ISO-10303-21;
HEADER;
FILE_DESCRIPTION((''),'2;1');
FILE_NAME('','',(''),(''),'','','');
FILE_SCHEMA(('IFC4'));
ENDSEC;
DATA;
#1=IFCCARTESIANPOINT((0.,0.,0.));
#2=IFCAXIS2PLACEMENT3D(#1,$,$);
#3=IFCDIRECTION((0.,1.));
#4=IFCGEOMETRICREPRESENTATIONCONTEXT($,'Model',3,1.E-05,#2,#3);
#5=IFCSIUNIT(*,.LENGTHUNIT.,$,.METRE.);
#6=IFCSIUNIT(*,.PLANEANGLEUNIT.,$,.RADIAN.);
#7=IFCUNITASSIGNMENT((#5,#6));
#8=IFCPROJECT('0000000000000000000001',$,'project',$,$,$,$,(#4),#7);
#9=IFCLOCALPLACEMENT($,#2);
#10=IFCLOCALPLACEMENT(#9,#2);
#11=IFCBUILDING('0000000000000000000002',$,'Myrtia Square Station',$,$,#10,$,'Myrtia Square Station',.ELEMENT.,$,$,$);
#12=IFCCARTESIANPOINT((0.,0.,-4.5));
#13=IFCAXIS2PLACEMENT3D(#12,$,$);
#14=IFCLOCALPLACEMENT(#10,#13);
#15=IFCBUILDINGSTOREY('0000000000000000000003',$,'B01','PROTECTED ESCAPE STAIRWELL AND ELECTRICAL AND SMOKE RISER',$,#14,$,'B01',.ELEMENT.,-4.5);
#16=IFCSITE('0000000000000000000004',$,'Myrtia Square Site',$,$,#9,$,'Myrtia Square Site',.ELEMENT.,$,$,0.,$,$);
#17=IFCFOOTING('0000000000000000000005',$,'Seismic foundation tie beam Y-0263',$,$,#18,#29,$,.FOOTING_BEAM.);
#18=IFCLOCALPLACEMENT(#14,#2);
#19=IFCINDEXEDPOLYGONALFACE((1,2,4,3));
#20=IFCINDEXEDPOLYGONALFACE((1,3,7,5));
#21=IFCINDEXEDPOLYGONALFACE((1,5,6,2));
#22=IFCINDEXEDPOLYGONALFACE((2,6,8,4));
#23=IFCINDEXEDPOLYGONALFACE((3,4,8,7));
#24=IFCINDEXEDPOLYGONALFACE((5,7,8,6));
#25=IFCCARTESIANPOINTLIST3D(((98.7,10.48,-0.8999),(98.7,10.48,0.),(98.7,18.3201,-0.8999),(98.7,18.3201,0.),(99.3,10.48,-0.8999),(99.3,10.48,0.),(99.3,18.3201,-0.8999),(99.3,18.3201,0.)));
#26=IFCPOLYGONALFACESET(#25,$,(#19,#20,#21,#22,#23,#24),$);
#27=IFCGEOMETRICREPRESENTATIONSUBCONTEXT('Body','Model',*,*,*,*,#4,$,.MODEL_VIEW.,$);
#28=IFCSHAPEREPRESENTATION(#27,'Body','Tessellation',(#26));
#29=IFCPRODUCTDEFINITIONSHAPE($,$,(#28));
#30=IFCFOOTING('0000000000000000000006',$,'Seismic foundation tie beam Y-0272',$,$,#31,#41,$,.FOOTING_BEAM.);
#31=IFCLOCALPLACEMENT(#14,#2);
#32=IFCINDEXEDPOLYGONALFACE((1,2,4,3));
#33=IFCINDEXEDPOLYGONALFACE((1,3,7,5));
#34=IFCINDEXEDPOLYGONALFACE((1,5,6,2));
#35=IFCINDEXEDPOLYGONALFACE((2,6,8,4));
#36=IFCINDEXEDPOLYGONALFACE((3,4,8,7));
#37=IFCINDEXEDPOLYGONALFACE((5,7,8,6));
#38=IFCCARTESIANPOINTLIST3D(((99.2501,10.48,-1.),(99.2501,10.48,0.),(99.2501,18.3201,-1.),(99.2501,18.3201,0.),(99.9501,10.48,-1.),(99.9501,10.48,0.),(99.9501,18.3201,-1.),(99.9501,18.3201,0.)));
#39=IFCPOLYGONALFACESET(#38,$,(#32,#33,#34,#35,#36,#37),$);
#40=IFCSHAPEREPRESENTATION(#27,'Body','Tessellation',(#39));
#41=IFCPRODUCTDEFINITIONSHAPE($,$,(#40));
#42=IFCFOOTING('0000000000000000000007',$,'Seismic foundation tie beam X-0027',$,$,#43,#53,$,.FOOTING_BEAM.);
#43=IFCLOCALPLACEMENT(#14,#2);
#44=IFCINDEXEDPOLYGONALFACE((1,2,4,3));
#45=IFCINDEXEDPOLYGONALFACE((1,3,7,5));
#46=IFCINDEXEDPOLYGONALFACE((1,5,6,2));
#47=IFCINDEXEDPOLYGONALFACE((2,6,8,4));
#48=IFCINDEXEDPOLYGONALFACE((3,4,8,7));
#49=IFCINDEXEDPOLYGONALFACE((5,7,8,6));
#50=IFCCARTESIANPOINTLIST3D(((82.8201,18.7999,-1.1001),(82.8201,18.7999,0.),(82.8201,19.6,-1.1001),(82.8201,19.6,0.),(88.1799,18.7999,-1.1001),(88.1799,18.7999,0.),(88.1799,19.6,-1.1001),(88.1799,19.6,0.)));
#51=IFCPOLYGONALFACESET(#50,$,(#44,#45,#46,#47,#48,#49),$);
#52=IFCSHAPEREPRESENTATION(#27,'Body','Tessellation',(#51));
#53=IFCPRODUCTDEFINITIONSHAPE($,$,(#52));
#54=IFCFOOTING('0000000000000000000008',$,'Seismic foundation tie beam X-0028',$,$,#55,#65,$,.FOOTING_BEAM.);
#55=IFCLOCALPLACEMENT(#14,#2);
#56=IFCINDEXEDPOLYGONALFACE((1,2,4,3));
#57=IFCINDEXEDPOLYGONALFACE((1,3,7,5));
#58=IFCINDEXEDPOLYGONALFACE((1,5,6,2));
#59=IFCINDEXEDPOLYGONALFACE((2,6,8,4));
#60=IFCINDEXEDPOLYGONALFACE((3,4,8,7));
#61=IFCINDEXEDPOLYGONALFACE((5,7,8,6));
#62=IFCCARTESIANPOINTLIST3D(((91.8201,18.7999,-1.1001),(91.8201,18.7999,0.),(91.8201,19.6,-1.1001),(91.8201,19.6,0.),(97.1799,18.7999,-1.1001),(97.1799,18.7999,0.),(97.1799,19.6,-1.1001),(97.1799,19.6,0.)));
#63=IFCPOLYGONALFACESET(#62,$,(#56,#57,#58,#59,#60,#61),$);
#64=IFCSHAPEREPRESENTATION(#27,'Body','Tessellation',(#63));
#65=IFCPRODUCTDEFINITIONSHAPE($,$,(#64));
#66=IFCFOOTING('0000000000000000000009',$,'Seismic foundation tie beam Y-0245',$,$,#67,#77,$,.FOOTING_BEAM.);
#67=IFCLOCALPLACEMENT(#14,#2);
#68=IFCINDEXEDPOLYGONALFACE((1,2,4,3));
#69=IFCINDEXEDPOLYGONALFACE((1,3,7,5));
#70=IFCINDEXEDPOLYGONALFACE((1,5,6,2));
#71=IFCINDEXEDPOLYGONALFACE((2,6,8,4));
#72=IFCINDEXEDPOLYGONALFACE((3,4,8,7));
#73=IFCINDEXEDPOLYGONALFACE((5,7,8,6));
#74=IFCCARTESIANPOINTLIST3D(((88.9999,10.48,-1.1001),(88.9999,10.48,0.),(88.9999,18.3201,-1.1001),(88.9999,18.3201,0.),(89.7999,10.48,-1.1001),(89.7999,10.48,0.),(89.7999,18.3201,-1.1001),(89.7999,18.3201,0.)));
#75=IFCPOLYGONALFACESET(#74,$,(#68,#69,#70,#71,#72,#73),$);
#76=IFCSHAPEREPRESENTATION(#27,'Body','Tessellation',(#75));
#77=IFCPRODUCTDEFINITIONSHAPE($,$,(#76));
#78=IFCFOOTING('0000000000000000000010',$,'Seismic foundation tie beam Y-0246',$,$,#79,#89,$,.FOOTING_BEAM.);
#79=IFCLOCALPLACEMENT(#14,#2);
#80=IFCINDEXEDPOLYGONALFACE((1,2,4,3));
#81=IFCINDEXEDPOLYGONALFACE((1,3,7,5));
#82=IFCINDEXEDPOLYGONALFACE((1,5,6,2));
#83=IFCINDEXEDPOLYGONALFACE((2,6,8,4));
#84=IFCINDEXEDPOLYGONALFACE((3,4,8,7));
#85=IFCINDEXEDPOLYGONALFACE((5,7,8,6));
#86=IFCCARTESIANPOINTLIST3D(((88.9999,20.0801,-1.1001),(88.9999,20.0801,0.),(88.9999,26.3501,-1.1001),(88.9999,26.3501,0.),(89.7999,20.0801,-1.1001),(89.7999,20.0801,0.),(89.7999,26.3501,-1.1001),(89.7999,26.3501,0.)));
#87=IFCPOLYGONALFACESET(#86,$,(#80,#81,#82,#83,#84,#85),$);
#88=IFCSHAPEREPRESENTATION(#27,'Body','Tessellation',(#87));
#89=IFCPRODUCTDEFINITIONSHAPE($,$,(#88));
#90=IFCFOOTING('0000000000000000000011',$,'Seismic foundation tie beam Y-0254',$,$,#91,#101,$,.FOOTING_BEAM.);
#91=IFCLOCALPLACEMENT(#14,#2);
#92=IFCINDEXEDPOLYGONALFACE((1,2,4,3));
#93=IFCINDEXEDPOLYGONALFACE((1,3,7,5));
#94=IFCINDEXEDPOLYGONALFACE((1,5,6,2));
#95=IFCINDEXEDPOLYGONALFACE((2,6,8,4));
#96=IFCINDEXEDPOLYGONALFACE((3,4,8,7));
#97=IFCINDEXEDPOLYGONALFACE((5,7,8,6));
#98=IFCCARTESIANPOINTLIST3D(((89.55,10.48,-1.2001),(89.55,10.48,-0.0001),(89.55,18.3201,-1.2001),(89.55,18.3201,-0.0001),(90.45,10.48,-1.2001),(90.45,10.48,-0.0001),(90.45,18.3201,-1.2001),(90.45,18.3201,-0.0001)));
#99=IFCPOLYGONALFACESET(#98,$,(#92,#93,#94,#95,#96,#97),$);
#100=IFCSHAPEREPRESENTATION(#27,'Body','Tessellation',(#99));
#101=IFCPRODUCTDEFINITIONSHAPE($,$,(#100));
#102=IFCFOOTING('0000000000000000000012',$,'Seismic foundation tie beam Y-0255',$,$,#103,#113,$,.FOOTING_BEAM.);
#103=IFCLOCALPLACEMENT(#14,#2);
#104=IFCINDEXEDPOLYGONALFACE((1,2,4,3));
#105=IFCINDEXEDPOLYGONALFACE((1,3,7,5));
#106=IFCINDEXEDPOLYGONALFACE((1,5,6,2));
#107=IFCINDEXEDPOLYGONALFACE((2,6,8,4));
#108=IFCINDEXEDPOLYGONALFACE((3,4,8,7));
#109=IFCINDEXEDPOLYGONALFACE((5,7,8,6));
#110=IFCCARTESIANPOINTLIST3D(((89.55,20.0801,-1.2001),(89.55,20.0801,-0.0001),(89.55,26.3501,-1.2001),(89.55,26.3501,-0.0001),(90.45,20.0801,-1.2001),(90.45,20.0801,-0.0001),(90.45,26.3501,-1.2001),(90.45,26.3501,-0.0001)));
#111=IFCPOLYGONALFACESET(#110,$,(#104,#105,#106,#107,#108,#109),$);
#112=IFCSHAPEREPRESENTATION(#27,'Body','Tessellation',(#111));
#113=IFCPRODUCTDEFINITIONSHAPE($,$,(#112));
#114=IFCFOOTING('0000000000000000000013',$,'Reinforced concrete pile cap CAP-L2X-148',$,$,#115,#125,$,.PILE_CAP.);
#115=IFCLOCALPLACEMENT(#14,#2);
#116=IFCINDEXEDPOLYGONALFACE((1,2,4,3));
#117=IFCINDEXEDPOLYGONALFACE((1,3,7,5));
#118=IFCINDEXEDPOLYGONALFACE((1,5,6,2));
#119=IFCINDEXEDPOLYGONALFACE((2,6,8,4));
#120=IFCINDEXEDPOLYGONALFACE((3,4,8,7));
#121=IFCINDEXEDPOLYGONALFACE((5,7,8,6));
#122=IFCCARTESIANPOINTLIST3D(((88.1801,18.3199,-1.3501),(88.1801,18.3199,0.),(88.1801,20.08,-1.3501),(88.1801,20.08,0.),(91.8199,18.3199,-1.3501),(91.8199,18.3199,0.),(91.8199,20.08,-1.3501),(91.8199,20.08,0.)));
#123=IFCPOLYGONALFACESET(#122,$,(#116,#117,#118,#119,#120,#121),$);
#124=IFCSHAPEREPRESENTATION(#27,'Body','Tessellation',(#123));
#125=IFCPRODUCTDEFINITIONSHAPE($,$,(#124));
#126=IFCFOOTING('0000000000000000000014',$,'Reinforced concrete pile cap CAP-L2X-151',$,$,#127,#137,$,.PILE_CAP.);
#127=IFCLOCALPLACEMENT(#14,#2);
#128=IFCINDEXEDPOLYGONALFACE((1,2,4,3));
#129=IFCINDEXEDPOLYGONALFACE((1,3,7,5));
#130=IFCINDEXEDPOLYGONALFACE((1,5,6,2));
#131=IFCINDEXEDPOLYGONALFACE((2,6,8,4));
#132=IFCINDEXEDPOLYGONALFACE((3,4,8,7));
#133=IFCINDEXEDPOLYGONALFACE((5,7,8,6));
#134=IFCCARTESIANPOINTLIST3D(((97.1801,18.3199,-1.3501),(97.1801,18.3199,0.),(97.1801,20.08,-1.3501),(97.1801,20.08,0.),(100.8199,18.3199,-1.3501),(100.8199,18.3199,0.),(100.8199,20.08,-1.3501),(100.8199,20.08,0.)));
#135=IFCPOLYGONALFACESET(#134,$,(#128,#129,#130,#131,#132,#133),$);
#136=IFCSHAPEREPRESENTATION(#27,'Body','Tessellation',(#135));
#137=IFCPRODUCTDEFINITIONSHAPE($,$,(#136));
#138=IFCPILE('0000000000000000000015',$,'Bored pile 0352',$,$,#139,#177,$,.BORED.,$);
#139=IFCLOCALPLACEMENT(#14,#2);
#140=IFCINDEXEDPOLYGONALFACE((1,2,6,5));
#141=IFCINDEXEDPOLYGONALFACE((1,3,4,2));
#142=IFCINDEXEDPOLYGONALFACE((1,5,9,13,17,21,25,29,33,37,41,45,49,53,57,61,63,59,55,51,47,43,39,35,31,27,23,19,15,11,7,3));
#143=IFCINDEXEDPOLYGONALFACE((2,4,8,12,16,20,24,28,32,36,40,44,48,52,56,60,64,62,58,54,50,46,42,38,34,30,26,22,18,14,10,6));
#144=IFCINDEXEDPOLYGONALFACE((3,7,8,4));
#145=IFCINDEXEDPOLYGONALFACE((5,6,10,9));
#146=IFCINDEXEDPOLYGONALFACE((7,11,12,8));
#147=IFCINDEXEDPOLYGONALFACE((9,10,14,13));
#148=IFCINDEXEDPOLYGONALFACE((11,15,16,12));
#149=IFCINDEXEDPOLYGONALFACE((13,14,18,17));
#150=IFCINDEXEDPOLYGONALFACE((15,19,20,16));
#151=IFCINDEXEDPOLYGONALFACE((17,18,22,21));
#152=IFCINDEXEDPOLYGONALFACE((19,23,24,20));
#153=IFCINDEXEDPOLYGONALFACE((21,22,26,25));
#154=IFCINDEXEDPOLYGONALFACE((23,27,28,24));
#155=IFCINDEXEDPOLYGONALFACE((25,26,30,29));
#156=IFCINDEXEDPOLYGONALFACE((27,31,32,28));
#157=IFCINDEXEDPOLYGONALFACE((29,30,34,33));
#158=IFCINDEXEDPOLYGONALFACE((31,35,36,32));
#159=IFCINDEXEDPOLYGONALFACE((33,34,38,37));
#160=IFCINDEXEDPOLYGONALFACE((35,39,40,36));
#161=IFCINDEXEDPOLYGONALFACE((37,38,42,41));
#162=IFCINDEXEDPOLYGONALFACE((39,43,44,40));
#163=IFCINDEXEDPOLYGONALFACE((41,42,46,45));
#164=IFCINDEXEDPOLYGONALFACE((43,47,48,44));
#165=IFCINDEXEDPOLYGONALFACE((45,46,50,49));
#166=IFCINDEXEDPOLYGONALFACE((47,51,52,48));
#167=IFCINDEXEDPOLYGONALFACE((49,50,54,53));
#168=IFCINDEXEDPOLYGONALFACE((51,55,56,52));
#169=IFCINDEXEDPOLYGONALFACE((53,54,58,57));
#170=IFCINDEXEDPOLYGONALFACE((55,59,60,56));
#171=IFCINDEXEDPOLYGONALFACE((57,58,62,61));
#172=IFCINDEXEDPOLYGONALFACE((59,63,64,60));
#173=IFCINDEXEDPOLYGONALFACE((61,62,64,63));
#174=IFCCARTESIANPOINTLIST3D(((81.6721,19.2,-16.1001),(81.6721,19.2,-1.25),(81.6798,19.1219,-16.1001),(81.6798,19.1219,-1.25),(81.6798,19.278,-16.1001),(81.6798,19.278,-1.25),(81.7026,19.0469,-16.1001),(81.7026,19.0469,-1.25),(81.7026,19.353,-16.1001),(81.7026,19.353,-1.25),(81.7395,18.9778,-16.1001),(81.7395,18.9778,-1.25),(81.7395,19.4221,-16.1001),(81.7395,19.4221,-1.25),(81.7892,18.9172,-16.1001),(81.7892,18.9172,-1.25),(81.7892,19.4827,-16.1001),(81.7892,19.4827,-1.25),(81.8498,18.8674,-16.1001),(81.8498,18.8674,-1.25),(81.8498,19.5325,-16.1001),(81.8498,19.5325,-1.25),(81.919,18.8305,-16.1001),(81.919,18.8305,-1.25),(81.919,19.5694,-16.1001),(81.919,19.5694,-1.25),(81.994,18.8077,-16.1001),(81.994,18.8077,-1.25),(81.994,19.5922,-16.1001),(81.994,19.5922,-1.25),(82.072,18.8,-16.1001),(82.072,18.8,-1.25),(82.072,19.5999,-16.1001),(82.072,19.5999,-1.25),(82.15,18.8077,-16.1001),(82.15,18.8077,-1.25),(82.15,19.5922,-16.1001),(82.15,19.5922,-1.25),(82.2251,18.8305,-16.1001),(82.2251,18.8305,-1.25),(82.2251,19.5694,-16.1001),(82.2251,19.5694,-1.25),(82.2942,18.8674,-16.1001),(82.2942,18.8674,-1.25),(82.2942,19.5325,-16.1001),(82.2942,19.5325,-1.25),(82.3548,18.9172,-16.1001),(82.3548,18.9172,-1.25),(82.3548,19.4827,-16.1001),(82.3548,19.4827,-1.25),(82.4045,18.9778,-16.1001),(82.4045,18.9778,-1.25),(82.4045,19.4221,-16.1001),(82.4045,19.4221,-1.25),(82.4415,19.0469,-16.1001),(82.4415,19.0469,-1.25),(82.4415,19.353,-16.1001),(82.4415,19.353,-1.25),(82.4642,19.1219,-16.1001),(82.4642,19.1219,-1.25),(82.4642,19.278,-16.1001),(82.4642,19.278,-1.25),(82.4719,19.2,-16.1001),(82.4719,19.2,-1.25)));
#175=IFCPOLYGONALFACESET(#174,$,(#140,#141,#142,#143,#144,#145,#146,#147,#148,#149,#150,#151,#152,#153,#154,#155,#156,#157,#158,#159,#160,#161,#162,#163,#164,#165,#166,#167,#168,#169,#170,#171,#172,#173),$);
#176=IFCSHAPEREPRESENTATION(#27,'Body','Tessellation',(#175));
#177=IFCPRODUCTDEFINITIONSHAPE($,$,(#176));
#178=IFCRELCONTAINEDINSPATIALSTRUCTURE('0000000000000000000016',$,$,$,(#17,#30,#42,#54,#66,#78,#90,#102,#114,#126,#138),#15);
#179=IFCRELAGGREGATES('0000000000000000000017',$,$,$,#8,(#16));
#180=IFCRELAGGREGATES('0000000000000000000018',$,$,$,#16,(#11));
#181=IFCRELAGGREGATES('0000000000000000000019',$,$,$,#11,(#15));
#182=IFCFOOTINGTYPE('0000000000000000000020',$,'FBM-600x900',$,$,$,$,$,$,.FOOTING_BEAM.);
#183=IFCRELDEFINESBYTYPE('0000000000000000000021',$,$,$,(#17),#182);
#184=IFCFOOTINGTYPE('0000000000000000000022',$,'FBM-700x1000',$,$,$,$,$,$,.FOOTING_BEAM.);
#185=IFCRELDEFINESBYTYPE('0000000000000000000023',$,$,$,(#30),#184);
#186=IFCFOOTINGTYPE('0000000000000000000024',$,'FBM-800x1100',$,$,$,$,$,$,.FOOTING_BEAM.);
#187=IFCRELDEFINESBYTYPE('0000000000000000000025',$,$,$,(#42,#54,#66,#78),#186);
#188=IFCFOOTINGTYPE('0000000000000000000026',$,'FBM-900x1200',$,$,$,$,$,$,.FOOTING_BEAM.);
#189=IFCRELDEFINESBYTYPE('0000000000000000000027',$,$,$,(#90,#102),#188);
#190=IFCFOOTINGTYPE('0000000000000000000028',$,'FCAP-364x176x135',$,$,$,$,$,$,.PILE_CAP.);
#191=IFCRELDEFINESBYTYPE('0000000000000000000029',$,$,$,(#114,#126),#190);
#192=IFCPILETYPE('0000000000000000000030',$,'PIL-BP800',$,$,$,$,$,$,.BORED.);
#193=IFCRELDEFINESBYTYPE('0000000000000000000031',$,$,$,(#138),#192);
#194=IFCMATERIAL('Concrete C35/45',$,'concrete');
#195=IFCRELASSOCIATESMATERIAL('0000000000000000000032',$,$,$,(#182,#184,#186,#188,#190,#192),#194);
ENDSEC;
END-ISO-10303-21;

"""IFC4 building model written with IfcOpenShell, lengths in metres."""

from ifc_helpers import new_model, si_unit, direction, frame, origin, origin_2d, place, context, subcontext, project, spatial, rectangle, circle, extrude, material, material_profile, profile_set, type_object, element, save


model = new_model("IFC4")

# Units and contexts
model_context = context("Model", 3, precision=1e-05, world=origin(), true_north=direction((0.0, 1.0)))
body_context = subcontext(model_context, "Body", "Model", "MODEL_VIEW")
ifc_project = project(units=[si_unit("LENGTHUNIT", "METRE"), si_unit("PLANEANGLEUNIT", "RADIAN")], contexts=[model_context])

# Site, building, storey
site_placement = place(None, origin())
site = spatial("IfcSite", under=ifc_project, at=site_placement, Name="Myrtia Square Site", LongName="Myrtia Square Site", CompositionType="ELEMENT", RefElevation=0.0)
building_placement = place(site_placement, origin())
building = spatial("IfcBuilding", under=site, at=building_placement, Name="Myrtia Square Station", LongName="Myrtia Square Station", CompositionType="ELEMENT")
storey_placement = place(building_placement, frame((0.0, 0.0, -4.5)))
storey = spatial("IfcBuildingStorey", under=building, at=storey_placement, Name="B01", Description="PROTECTED ESCAPE STAIRWELL AND ELECTRICAL AND SMOKE RISER", LongName="B01", CompositionType="ELEMENT", Elevation=-4.5)

# Footings
ifc_material_1 = material(Name="Concrete C35/45", Category="concrete")
ifc_material_profile_1 = material_profile(ifc_material_1, rectangle(XDim=0.6001, YDim=0.8999, at=origin_2d()), Name="FB 600x900")
ifc_profile_set_1 = profile_set([ifc_material_profile_1], Name="Concrete C35/45")
footing_type_1 = type_object("IfcFootingType", Name="FBM-600x900", PredefinedType="FOOTING_BEAM", material=ifc_profile_set_1)
footing_1_placement = place(storey_placement, frame((99.0, 10.48, -0.45), z_axis=(0.0, 1.0, 0.0), x_axis=(-1.0, 0.0, 0.0)))
element("IfcFooting", 1, at=footing_1_placement, inside=storey, type_object=footing_type_1, Name="Seismic foundation tie beam Y-0263", PredefinedType="FOOTING_BEAM", context=body_context, shape_type="SweptSolid", body=[
    extrude(rectangle(XDim=0.6001, YDim=0.8999, at=origin_2d()), origin(), (0.0, 0.0, 1.0), 7.8401),
])
ifc_material_profile_2 = material_profile(ifc_material_1, rectangle(XDim=0.7, YDim=1.0, at=origin_2d()), Name="FB 700x1000")
ifc_profile_set_2 = profile_set([ifc_material_profile_2], Name="Concrete C35/45")
footing_type_2 = type_object("IfcFootingType", Name="FBM-700x1000", PredefinedType="FOOTING_BEAM", material=ifc_profile_set_2)
footing_2_placement = place(storey_placement, frame((99.6001, 10.48, -0.5), z_axis=(0.0, 1.0, 0.0), x_axis=(-1.0, 0.0, 0.0)))
element("IfcFooting", 2, at=footing_2_placement, inside=storey, type_object=footing_type_2, Name="Seismic foundation tie beam Y-0272", PredefinedType="FOOTING_BEAM", context=body_context, shape_type="SweptSolid", body=[
    extrude(rectangle(XDim=0.7, YDim=1.0, at=origin_2d()), origin(), (0.0, 0.0, 1.0), 7.8401),
])
ifc_material_profile_3 = material_profile(ifc_material_1, rectangle(XDim=0.8, YDim=1.1001, at=origin_2d()), Name="FB 800x1100")
ifc_profile_set_3 = profile_set([ifc_material_profile_3], Name="Concrete C35/45")
footing_type_3 = type_object("IfcFootingType", Name="FBM-800x1100", PredefinedType="FOOTING_BEAM", material=ifc_profile_set_3)
for number, where, z_axis, x_axis, name in (
    (3, (82.8201, 19.2, -0.55), (1.0, 0.0, 0.0), (0.0, 1.0, 0.0), "Seismic foundation tie beam X-0027"),
    (4, (91.8201, 19.2, -0.55), (1.0, 0.0, 0.0), (0.0, 1.0, 0.0), "Seismic foundation tie beam X-0028"),
):
    element("IfcFooting", number, at=place(storey_placement, frame(where, z_axis=z_axis, x_axis=x_axis)), inside=storey, type_object=footing_type_3, Name=name, PredefinedType="FOOTING_BEAM", context=body_context, shape_type="SweptSolid", body=[
        extrude(rectangle(XDim=0.8, YDim=1.1001, at=origin_2d()), origin(), (0.0, 0.0, 1.0), 5.3599),
    ])
footing_3_placement = place(storey_placement, frame((89.3999, 10.48, -0.55), z_axis=(0.0, 1.0, 0.0), x_axis=(-1.0, 0.0, 0.0)))
element("IfcFooting", 5, at=footing_3_placement, inside=storey, type_object=footing_type_3, Name="Seismic foundation tie beam Y-0245", PredefinedType="FOOTING_BEAM", context=body_context, shape_type="SweptSolid", body=[
    extrude(rectangle(XDim=0.8, YDim=1.1001, at=origin_2d()), origin(), (0.0, 0.0, 1.0), 7.8401),
])
footing_4_placement = place(storey_placement, frame((89.3999, 20.0801, -0.55), z_axis=(0.0, 1.0, 0.0), x_axis=(-1.0, 0.0, 0.0)))
element("IfcFooting", 6, at=footing_4_placement, inside=storey, type_object=footing_type_3, Name="Seismic foundation tie beam Y-0246", PredefinedType="FOOTING_BEAM", context=body_context, shape_type="SweptSolid", body=[
    extrude(rectangle(XDim=0.8, YDim=1.1001, at=origin_2d()), origin(), (0.0, 0.0, 1.0), 6.27),
])
ifc_material_profile_4 = material_profile(ifc_material_1, rectangle(XDim=0.8999, YDim=1.2, at=origin_2d()), Name="FB 900x1200")
ifc_profile_set_4 = profile_set([ifc_material_profile_4], Name="Concrete C35/45")
footing_type_4 = type_object("IfcFootingType", Name="FBM-900x1200", PredefinedType="FOOTING_BEAM", material=ifc_profile_set_4)
footing_5_placement = place(storey_placement, frame((90.0, 10.48, -0.6001), z_axis=(0.0, 1.0, 0.0), x_axis=(-1.0, 0.0, 0.0)))
element("IfcFooting", 7, at=footing_5_placement, inside=storey, type_object=footing_type_4, Name="Seismic foundation tie beam Y-0254", PredefinedType="FOOTING_BEAM", context=body_context, shape_type="SweptSolid", body=[
    extrude(rectangle(XDim=0.8999, YDim=1.2, at=origin_2d()), origin(), (0.0, 0.0, 1.0), 7.8401),
])
footing_6_placement = place(storey_placement, frame((90.0, 20.0801, -0.6001), z_axis=(0.0, 1.0, 0.0), x_axis=(-1.0, 0.0, 0.0)))
element("IfcFooting", 8, at=footing_6_placement, inside=storey, type_object=footing_type_4, Name="Seismic foundation tie beam Y-0255", PredefinedType="FOOTING_BEAM", context=body_context, shape_type="SweptSolid", body=[
    extrude(rectangle(XDim=0.8999, YDim=1.2, at=origin_2d()), origin(), (0.0, 0.0, 1.0), 6.27),
])
footing_type_5 = type_object("IfcFootingType", Name="FCAP-364x176x135", PredefinedType="PILE_CAP", material=ifc_material_1)
for number, where, z_axis, x_axis, name in (
    (9, (90.0, 19.2, -1.3501), (0.0, 0.0, 1.0), (1.0, 0.0, 0.0), "Reinforced concrete pile cap CAP-L2X-148"),
    (10, (99.0, 19.2, -1.3501), (0.0, 0.0, 1.0), (1.0, 0.0, 0.0), "Reinforced concrete pile cap CAP-L2X-151"),
):
    element("IfcFooting", number, at=place(storey_placement, frame(where, z_axis=z_axis, x_axis=x_axis)), inside=storey, type_object=footing_type_5, Name=name, PredefinedType="PILE_CAP", context=body_context, shape_type="SweptSolid", body=[
        extrude(rectangle(XDim=3.6399, YDim=1.76, at=origin_2d()), origin(), (0.0, 0.0, 1.0), 1.3501),
    ])

# Pile
ifc_material_profile_5 = material_profile(ifc_material_1, circle(Radius=0.3999, at=origin_2d()), Name="BP D800")
ifc_profile_set_5 = profile_set([ifc_material_profile_5], Name="Concrete C35/45")
pile_type = type_object("IfcPileType", Name="PIL-BP800", PredefinedType="BORED", material=ifc_profile_set_5)
for number, where, z_axis, x_axis, name in (
    (11, (82.072, 19.2, -1.25), (0.0, 0.0, -1.0), (1.0, 0.0, 0.0), "Bored pile 0352"),
):
    element("IfcPile", number, at=place(storey_placement, frame(where, z_axis=z_axis, x_axis=x_axis)), inside=storey, type_object=pile_type, Name=name, PredefinedType="BORED", context=body_context, shape_type="SweptSolid", body=[
        extrude(circle(Radius=0.3999, at=origin_2d()), origin(), (0.0, 0.0, 1.0), 14.8501),
    ])

save(model, "model.ifc")
